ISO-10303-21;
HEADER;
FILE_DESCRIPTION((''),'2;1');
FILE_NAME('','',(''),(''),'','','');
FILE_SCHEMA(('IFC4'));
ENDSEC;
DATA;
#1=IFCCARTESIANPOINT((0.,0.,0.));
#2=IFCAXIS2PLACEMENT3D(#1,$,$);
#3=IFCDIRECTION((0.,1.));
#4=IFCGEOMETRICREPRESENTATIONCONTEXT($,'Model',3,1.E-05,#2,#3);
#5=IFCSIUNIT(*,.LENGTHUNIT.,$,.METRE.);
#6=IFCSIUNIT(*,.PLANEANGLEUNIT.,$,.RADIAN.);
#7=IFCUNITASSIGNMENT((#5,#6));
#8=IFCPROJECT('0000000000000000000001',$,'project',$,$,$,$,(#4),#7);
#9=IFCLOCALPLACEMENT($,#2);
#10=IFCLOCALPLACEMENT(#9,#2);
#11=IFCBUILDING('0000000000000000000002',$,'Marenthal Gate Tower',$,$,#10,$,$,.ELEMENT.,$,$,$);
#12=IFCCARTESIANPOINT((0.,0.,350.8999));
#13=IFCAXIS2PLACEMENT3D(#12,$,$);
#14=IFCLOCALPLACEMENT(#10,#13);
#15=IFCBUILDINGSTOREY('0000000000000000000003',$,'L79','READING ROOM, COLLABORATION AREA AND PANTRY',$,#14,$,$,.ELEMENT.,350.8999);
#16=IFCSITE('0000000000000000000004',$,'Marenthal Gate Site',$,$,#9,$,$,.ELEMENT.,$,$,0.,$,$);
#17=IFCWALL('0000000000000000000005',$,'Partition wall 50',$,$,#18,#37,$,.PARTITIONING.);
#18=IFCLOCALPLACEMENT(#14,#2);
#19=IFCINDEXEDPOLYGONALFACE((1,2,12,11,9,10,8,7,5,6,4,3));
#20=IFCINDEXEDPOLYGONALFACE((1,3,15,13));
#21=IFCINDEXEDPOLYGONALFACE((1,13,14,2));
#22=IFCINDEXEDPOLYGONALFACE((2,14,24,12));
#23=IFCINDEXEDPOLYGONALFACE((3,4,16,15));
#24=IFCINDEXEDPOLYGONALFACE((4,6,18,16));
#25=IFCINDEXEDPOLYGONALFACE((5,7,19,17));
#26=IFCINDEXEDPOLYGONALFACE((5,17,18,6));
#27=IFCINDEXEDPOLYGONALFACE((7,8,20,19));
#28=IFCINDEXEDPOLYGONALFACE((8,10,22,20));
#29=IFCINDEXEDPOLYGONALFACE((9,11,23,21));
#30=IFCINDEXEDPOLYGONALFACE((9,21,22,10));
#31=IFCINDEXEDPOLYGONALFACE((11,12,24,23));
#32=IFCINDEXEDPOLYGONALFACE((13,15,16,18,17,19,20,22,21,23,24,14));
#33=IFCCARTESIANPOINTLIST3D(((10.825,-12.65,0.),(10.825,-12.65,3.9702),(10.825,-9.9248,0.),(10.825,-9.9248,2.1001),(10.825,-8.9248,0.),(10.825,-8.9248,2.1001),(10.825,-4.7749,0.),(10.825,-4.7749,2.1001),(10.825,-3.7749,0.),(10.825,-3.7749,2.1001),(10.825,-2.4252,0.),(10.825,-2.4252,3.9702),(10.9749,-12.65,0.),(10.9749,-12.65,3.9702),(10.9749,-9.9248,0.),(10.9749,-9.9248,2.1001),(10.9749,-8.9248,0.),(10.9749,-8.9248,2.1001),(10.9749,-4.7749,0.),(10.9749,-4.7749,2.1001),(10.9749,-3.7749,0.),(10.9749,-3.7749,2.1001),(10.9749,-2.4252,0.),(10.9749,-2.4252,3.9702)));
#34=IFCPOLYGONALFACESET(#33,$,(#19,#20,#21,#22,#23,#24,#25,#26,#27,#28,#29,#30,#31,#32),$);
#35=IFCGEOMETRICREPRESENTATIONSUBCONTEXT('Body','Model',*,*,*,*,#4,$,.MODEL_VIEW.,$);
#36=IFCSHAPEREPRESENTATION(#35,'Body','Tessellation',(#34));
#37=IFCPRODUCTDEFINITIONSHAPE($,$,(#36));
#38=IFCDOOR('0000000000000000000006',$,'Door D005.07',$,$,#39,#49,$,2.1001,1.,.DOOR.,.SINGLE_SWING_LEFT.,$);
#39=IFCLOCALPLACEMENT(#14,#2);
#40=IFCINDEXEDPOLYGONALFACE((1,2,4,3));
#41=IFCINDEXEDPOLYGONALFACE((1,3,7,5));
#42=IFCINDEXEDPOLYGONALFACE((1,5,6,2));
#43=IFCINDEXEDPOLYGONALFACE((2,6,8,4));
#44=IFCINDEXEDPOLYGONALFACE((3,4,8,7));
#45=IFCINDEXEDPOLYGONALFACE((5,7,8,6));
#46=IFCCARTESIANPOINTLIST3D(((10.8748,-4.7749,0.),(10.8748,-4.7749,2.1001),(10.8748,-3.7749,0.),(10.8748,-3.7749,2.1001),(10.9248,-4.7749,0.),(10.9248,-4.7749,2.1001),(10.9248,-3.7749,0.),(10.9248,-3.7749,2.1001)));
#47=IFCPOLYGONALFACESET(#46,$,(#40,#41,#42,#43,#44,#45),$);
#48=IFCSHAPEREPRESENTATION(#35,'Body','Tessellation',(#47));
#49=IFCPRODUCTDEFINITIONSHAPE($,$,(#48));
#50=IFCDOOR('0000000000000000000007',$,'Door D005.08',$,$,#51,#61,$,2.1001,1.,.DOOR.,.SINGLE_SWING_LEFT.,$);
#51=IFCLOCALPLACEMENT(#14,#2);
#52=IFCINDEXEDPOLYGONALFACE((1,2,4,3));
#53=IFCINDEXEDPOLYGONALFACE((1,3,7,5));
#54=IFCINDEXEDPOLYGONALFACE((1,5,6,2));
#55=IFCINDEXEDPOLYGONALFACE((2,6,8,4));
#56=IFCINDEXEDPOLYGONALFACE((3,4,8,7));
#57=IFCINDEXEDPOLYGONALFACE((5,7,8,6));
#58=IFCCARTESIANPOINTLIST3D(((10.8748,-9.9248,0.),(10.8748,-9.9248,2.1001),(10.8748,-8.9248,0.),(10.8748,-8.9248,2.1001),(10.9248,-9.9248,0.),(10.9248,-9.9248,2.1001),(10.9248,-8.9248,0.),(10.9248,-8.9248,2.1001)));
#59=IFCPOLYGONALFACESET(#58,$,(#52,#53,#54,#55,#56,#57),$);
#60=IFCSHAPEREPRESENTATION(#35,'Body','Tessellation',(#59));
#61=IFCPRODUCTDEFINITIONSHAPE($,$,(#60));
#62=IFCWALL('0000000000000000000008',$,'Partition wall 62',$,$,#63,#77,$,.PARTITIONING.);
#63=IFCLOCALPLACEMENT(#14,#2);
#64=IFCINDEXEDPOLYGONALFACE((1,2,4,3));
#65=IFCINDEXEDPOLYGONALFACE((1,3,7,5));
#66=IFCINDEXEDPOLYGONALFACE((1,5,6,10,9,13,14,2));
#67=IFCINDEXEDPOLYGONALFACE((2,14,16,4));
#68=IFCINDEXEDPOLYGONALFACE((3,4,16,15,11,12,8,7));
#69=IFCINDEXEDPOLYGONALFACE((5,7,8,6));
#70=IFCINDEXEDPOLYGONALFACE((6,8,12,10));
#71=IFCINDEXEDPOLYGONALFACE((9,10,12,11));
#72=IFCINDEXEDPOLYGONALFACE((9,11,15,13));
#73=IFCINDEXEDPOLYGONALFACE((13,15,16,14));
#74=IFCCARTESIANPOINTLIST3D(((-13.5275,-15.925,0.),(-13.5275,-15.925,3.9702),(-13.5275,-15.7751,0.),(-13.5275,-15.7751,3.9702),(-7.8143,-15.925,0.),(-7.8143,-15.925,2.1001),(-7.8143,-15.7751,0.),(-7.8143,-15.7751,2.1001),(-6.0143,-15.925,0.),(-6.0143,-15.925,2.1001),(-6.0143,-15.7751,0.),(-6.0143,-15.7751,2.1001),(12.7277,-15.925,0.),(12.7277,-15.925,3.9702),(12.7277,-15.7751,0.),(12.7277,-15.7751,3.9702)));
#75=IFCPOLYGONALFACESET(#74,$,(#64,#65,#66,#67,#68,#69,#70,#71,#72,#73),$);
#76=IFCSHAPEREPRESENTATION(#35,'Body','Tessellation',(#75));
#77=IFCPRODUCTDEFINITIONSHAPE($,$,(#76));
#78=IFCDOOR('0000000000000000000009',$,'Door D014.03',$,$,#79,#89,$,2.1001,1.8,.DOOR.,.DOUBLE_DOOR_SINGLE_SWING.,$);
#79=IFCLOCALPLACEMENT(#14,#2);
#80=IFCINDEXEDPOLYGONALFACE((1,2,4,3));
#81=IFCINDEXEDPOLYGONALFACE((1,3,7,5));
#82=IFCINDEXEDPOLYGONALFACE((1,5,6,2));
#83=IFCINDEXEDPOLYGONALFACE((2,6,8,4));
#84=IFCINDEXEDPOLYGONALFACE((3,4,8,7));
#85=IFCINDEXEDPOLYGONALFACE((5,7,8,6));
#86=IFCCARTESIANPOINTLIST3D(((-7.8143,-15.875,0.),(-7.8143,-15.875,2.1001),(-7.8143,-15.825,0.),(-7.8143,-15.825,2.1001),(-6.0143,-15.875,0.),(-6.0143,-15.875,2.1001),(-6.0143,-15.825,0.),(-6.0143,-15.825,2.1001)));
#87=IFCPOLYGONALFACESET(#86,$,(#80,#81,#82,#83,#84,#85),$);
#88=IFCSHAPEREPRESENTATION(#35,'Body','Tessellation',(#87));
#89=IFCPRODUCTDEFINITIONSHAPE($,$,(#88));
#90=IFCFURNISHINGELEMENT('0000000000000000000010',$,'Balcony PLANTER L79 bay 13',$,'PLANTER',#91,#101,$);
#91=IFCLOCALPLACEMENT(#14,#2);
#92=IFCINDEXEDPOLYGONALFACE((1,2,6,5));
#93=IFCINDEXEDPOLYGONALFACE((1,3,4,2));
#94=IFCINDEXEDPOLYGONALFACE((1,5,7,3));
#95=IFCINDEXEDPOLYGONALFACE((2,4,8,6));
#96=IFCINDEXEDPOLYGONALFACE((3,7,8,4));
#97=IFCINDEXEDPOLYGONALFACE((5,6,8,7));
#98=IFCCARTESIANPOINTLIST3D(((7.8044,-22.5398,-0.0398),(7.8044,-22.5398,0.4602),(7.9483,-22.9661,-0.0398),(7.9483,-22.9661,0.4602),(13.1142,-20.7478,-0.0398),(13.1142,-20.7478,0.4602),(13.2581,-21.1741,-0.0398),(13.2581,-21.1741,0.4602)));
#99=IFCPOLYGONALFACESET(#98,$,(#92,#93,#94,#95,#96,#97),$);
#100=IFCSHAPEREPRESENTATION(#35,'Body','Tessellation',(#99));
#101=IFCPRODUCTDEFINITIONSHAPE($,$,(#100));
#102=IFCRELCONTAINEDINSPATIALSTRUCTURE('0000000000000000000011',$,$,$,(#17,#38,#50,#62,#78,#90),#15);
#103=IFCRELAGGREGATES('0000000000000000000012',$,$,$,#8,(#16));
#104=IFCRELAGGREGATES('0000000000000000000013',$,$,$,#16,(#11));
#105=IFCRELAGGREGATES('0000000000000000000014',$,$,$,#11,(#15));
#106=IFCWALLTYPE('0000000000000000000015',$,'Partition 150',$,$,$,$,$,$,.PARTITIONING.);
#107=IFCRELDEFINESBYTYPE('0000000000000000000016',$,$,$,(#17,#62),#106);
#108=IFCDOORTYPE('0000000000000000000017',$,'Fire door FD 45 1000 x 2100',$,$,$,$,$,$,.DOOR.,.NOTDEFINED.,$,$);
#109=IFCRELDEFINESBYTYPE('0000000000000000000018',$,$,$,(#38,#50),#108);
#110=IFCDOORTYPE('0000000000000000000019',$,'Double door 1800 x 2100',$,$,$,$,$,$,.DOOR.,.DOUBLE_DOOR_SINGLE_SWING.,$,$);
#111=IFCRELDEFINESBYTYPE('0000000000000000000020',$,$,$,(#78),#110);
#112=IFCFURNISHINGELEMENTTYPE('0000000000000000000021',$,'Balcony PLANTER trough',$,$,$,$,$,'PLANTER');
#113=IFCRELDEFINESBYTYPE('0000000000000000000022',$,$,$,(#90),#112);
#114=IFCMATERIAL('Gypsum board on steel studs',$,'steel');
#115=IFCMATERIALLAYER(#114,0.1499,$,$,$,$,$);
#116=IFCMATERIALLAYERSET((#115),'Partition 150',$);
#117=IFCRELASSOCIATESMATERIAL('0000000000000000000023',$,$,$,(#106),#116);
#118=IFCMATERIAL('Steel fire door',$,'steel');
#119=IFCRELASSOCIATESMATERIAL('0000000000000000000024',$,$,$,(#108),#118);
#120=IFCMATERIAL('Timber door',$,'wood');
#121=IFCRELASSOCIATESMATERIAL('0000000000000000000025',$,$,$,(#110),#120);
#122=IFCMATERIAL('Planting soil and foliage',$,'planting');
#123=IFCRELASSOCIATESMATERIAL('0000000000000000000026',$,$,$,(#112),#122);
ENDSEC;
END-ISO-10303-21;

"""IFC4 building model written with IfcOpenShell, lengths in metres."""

from ifc_helpers import new_model, si_unit, direction, frame, frame_2d, origin, origin_2d, place, context, subcontext, project, spatial, rectangle, extrude, material, layer, layer_set, type_object, element, fill, save


model = new_model("IFC4")

# Units and contexts
model_context = context("Model", 3, precision=1e-05, world=origin(), true_north=direction((0.0, 1.0)))
body_context = subcontext(model_context, "Body", "Model", "MODEL_VIEW")
ifc_project = project(units=[si_unit("LENGTHUNIT", "METRE"), si_unit("PLANEANGLEUNIT", "RADIAN")], contexts=[model_context])

# Site, building, storey
site_placement = place(None, origin())
site = spatial("IfcSite", under=ifc_project, at=site_placement, Name="Marenthal Gate Site", CompositionType="ELEMENT", RefElevation=0.0)
building_placement = place(site_placement, origin())
building = spatial("IfcBuilding", under=site, at=building_placement, Name="Marenthal Gate Tower", CompositionType="ELEMENT")
storey_placement = place(building_placement, frame((0.0, 0.0, 350.8999)))
storey = spatial("IfcBuildingStorey", under=building, at=storey_placement, Name="L79", Description="READING ROOM, COLLABORATION AREA AND PANTRY", CompositionType="ELEMENT", Elevation=350.8999)

# Shared definitions
ifc_material_1 = material(Name="Gypsum board on steel studs", Category="steel")
ifc_layer_1 = layer(ifc_material_1, 0.1499)
ifc_layer_set_1 = layer_set([ifc_layer_1], Name="Partition 150")
wall_type_1 = type_object("IfcWallType", Name="Partition 150", PredefinedType="PARTITIONING", material=ifc_layer_set_1)

# Wall, openings, doors
wall_1_placement = place(storey_placement, frame((10.8999, -12.6499, 0.0), z_axis=(0.0, 0.0, 1.0), x_axis=(0.0, 1.0, 0.0)))
wall_1 = element("IfcWall", 1, at=wall_1_placement, inside=storey, type_object=wall_type_1, Name="Partition wall 50", PredefinedType="PARTITIONING", context=body_context, shape_type="SweptSolid", body=[
    extrude(rectangle(XDim=10.2249, YDim=0.1499, at=frame_2d((5.1123, 0.0))), origin(), (0.0, 0.0, 1.0), 3.9702),
])
opening_1_placement = place(wall_1_placement, frame((7.875, 0.0, 0.0)))
opening_1 = element("IfcOpeningElement", 2, at=opening_1_placement, cuts=wall_1, PredefinedType="OPENING", context=body_context, shape_type="SweptSolid", body=[
    extrude(rectangle(XDim=1.0, YDim=2.1001, at=frame_2d((0.5, 1.05))), frame((0.0, 0.085, 0.0), z_axis=(0.0, -1.0, 0.0), x_axis=(1.0, 0.0, 0.0)), (0.0, 0.0, 1.0), 0.1699),
])
opening_2_placement = place(wall_1_placement, frame((2.7251, 0.0, 0.0)))
opening_2 = element("IfcOpeningElement", 3, at=opening_2_placement, cuts=wall_1, PredefinedType="OPENING", context=body_context, shape_type="SweptSolid", body=[
    extrude(rectangle(XDim=1.0, YDim=2.1001, at=frame_2d((0.5, 1.05))), frame((0.0, 0.085, 0.0), z_axis=(0.0, -1.0, 0.0), x_axis=(1.0, 0.0, 0.0)), (0.0, 0.0, 1.0), 0.1699),
])
ifc_material_2 = material(Name="Steel fire door", Category="steel")
door_type_1 = type_object("IfcDoorType", Name="Fire door FD 45 1000 x 2100", OperationType="NOTDEFINED", PredefinedType="DOOR", material=ifc_material_2)
door_1_placement = place(opening_1_placement, frame((1.0, 0.0, 0.0), z_axis=(0.0, 0.0, 1.0), x_axis=(-1.0, 0.0, 0.0)))
door_1 = element("IfcDoor", 4, at=door_1_placement, inside=storey, type_object=door_type_1, Name="Door D005.07", OperationType="SINGLE_SWING_LEFT", OverallHeight=2.1001, OverallWidth=1.0, PredefinedType="DOOR", context=body_context, shape_type="SweptSolid", body=[
    extrude(rectangle(XDim=1.0, YDim=2.1001, at=frame_2d((0.5, 1.05))), frame((0.0, 0.0249, 0.0), z_axis=(0.0, -1.0, 0.0), x_axis=(1.0, 0.0, 0.0)), (0.0, 0.0, 1.0), 0.05),
])
fill(opening_1, door_1)
door_2_placement = place(opening_2_placement, frame((1.0, 0.0, 0.0), z_axis=(0.0, 0.0, 1.0), x_axis=(-1.0, 0.0, 0.0)))
door_2 = element("IfcDoor", 5, at=door_2_placement, inside=storey, type_object=door_type_1, Name="Door D005.08", OperationType="SINGLE_SWING_LEFT", OverallHeight=2.1001, OverallWidth=1.0, PredefinedType="DOOR", context=body_context, shape_type="SweptSolid", body=[
    extrude(rectangle(XDim=1.0, YDim=2.1001, at=frame_2d((0.5, 1.05))), frame((0.0, 0.0249, 0.0), z_axis=(0.0, -1.0, 0.0), x_axis=(1.0, 0.0, 0.0)), (0.0, 0.0, 1.0), 0.05),
])
fill(opening_2, door_2)

# Wall, opening, door
wall_2_placement = place(storey_placement, frame((12.7275, -15.8501, 0.0), z_axis=(0.0, 0.0, 1.0), x_axis=(-1.0, 0.0, 0.0)))
wall_2 = element("IfcWall", 6, at=wall_2_placement, inside=storey, type_object=wall_type_1, Name="Partition wall 62", PredefinedType="PARTITIONING", context=body_context, shape_type="SweptSolid", body=[
    extrude(rectangle(XDim=26.2551, YDim=0.1499, at=frame_2d((13.1274, 0.0))), origin(), (0.0, 0.0, 1.0), 3.9702),
])
opening_3_placement = place(wall_2_placement, frame((18.7419, 0.0, 0.0)))
opening_3 = element("IfcOpeningElement", 7, at=opening_3_placement, cuts=wall_2, PredefinedType="OPENING", context=body_context, shape_type="SweptSolid", body=[
    extrude(rectangle(XDim=1.8, YDim=2.1001, at=frame_2d((0.8999, 1.05))), frame((0.0, 0.085, 0.0), z_axis=(0.0, -1.0, 0.0), x_axis=(1.0, 0.0, 0.0)), (0.0, 0.0, 1.0), 0.1699),
])
ifc_material_3 = material(Name="Timber door", Category="wood")
door_type_2 = type_object("IfcDoorType", Name="Double door 1800 x 2100", OperationType="DOUBLE_DOOR_SINGLE_SWING", PredefinedType="DOOR", material=ifc_material_3)
door_3_placement = place(opening_3_placement, origin())
door_3 = element("IfcDoor", 8, at=door_3_placement, inside=storey, type_object=door_type_2, Name="Door D014.03", OperationType="DOUBLE_DOOR_SINGLE_SWING", OverallHeight=2.1001, OverallWidth=1.8, PredefinedType="DOOR", context=body_context, shape_type="SweptSolid", body=[
    extrude(rectangle(XDim=1.8, YDim=2.1001, at=frame_2d((0.8999, 1.05))), frame((0.0, 0.0249, 0.0), z_axis=(0.0, -1.0, 0.0), x_axis=(1.0, 0.0, 0.0)), (0.0, 0.0, 1.0), 0.05),
])
fill(opening_3, door_3)

# Furnishing element
ifc_material_4 = material(Name="Planting soil and foliage", Category="planting")
furnishing_element_type = type_object("IfcFurnishingElementType", Name="Balcony PLANTER trough", ElementType="PLANTER", material=ifc_material_4)
furnishing_placement = place(storey_placement, frame((10.5312, -21.8569, -0.0398), z_axis=(0.0, 0.0, 1.0), x_axis=(0.947495, 0.31977, 0.0)))
element("IfcFurnishingElement", 9, at=furnishing_placement, inside=storey, type_object=furnishing_element_type, Name="Balcony PLANTER L79 bay 13", ObjectType="PLANTER", context=body_context, shape_type="SweptSolid", body=[
    extrude(rectangle(XDim=5.604, YDim=0.45, at=origin_2d()), origin(), (0.0, 0.0, 1.0), 0.5),
])

save(model, "model.ifc")
